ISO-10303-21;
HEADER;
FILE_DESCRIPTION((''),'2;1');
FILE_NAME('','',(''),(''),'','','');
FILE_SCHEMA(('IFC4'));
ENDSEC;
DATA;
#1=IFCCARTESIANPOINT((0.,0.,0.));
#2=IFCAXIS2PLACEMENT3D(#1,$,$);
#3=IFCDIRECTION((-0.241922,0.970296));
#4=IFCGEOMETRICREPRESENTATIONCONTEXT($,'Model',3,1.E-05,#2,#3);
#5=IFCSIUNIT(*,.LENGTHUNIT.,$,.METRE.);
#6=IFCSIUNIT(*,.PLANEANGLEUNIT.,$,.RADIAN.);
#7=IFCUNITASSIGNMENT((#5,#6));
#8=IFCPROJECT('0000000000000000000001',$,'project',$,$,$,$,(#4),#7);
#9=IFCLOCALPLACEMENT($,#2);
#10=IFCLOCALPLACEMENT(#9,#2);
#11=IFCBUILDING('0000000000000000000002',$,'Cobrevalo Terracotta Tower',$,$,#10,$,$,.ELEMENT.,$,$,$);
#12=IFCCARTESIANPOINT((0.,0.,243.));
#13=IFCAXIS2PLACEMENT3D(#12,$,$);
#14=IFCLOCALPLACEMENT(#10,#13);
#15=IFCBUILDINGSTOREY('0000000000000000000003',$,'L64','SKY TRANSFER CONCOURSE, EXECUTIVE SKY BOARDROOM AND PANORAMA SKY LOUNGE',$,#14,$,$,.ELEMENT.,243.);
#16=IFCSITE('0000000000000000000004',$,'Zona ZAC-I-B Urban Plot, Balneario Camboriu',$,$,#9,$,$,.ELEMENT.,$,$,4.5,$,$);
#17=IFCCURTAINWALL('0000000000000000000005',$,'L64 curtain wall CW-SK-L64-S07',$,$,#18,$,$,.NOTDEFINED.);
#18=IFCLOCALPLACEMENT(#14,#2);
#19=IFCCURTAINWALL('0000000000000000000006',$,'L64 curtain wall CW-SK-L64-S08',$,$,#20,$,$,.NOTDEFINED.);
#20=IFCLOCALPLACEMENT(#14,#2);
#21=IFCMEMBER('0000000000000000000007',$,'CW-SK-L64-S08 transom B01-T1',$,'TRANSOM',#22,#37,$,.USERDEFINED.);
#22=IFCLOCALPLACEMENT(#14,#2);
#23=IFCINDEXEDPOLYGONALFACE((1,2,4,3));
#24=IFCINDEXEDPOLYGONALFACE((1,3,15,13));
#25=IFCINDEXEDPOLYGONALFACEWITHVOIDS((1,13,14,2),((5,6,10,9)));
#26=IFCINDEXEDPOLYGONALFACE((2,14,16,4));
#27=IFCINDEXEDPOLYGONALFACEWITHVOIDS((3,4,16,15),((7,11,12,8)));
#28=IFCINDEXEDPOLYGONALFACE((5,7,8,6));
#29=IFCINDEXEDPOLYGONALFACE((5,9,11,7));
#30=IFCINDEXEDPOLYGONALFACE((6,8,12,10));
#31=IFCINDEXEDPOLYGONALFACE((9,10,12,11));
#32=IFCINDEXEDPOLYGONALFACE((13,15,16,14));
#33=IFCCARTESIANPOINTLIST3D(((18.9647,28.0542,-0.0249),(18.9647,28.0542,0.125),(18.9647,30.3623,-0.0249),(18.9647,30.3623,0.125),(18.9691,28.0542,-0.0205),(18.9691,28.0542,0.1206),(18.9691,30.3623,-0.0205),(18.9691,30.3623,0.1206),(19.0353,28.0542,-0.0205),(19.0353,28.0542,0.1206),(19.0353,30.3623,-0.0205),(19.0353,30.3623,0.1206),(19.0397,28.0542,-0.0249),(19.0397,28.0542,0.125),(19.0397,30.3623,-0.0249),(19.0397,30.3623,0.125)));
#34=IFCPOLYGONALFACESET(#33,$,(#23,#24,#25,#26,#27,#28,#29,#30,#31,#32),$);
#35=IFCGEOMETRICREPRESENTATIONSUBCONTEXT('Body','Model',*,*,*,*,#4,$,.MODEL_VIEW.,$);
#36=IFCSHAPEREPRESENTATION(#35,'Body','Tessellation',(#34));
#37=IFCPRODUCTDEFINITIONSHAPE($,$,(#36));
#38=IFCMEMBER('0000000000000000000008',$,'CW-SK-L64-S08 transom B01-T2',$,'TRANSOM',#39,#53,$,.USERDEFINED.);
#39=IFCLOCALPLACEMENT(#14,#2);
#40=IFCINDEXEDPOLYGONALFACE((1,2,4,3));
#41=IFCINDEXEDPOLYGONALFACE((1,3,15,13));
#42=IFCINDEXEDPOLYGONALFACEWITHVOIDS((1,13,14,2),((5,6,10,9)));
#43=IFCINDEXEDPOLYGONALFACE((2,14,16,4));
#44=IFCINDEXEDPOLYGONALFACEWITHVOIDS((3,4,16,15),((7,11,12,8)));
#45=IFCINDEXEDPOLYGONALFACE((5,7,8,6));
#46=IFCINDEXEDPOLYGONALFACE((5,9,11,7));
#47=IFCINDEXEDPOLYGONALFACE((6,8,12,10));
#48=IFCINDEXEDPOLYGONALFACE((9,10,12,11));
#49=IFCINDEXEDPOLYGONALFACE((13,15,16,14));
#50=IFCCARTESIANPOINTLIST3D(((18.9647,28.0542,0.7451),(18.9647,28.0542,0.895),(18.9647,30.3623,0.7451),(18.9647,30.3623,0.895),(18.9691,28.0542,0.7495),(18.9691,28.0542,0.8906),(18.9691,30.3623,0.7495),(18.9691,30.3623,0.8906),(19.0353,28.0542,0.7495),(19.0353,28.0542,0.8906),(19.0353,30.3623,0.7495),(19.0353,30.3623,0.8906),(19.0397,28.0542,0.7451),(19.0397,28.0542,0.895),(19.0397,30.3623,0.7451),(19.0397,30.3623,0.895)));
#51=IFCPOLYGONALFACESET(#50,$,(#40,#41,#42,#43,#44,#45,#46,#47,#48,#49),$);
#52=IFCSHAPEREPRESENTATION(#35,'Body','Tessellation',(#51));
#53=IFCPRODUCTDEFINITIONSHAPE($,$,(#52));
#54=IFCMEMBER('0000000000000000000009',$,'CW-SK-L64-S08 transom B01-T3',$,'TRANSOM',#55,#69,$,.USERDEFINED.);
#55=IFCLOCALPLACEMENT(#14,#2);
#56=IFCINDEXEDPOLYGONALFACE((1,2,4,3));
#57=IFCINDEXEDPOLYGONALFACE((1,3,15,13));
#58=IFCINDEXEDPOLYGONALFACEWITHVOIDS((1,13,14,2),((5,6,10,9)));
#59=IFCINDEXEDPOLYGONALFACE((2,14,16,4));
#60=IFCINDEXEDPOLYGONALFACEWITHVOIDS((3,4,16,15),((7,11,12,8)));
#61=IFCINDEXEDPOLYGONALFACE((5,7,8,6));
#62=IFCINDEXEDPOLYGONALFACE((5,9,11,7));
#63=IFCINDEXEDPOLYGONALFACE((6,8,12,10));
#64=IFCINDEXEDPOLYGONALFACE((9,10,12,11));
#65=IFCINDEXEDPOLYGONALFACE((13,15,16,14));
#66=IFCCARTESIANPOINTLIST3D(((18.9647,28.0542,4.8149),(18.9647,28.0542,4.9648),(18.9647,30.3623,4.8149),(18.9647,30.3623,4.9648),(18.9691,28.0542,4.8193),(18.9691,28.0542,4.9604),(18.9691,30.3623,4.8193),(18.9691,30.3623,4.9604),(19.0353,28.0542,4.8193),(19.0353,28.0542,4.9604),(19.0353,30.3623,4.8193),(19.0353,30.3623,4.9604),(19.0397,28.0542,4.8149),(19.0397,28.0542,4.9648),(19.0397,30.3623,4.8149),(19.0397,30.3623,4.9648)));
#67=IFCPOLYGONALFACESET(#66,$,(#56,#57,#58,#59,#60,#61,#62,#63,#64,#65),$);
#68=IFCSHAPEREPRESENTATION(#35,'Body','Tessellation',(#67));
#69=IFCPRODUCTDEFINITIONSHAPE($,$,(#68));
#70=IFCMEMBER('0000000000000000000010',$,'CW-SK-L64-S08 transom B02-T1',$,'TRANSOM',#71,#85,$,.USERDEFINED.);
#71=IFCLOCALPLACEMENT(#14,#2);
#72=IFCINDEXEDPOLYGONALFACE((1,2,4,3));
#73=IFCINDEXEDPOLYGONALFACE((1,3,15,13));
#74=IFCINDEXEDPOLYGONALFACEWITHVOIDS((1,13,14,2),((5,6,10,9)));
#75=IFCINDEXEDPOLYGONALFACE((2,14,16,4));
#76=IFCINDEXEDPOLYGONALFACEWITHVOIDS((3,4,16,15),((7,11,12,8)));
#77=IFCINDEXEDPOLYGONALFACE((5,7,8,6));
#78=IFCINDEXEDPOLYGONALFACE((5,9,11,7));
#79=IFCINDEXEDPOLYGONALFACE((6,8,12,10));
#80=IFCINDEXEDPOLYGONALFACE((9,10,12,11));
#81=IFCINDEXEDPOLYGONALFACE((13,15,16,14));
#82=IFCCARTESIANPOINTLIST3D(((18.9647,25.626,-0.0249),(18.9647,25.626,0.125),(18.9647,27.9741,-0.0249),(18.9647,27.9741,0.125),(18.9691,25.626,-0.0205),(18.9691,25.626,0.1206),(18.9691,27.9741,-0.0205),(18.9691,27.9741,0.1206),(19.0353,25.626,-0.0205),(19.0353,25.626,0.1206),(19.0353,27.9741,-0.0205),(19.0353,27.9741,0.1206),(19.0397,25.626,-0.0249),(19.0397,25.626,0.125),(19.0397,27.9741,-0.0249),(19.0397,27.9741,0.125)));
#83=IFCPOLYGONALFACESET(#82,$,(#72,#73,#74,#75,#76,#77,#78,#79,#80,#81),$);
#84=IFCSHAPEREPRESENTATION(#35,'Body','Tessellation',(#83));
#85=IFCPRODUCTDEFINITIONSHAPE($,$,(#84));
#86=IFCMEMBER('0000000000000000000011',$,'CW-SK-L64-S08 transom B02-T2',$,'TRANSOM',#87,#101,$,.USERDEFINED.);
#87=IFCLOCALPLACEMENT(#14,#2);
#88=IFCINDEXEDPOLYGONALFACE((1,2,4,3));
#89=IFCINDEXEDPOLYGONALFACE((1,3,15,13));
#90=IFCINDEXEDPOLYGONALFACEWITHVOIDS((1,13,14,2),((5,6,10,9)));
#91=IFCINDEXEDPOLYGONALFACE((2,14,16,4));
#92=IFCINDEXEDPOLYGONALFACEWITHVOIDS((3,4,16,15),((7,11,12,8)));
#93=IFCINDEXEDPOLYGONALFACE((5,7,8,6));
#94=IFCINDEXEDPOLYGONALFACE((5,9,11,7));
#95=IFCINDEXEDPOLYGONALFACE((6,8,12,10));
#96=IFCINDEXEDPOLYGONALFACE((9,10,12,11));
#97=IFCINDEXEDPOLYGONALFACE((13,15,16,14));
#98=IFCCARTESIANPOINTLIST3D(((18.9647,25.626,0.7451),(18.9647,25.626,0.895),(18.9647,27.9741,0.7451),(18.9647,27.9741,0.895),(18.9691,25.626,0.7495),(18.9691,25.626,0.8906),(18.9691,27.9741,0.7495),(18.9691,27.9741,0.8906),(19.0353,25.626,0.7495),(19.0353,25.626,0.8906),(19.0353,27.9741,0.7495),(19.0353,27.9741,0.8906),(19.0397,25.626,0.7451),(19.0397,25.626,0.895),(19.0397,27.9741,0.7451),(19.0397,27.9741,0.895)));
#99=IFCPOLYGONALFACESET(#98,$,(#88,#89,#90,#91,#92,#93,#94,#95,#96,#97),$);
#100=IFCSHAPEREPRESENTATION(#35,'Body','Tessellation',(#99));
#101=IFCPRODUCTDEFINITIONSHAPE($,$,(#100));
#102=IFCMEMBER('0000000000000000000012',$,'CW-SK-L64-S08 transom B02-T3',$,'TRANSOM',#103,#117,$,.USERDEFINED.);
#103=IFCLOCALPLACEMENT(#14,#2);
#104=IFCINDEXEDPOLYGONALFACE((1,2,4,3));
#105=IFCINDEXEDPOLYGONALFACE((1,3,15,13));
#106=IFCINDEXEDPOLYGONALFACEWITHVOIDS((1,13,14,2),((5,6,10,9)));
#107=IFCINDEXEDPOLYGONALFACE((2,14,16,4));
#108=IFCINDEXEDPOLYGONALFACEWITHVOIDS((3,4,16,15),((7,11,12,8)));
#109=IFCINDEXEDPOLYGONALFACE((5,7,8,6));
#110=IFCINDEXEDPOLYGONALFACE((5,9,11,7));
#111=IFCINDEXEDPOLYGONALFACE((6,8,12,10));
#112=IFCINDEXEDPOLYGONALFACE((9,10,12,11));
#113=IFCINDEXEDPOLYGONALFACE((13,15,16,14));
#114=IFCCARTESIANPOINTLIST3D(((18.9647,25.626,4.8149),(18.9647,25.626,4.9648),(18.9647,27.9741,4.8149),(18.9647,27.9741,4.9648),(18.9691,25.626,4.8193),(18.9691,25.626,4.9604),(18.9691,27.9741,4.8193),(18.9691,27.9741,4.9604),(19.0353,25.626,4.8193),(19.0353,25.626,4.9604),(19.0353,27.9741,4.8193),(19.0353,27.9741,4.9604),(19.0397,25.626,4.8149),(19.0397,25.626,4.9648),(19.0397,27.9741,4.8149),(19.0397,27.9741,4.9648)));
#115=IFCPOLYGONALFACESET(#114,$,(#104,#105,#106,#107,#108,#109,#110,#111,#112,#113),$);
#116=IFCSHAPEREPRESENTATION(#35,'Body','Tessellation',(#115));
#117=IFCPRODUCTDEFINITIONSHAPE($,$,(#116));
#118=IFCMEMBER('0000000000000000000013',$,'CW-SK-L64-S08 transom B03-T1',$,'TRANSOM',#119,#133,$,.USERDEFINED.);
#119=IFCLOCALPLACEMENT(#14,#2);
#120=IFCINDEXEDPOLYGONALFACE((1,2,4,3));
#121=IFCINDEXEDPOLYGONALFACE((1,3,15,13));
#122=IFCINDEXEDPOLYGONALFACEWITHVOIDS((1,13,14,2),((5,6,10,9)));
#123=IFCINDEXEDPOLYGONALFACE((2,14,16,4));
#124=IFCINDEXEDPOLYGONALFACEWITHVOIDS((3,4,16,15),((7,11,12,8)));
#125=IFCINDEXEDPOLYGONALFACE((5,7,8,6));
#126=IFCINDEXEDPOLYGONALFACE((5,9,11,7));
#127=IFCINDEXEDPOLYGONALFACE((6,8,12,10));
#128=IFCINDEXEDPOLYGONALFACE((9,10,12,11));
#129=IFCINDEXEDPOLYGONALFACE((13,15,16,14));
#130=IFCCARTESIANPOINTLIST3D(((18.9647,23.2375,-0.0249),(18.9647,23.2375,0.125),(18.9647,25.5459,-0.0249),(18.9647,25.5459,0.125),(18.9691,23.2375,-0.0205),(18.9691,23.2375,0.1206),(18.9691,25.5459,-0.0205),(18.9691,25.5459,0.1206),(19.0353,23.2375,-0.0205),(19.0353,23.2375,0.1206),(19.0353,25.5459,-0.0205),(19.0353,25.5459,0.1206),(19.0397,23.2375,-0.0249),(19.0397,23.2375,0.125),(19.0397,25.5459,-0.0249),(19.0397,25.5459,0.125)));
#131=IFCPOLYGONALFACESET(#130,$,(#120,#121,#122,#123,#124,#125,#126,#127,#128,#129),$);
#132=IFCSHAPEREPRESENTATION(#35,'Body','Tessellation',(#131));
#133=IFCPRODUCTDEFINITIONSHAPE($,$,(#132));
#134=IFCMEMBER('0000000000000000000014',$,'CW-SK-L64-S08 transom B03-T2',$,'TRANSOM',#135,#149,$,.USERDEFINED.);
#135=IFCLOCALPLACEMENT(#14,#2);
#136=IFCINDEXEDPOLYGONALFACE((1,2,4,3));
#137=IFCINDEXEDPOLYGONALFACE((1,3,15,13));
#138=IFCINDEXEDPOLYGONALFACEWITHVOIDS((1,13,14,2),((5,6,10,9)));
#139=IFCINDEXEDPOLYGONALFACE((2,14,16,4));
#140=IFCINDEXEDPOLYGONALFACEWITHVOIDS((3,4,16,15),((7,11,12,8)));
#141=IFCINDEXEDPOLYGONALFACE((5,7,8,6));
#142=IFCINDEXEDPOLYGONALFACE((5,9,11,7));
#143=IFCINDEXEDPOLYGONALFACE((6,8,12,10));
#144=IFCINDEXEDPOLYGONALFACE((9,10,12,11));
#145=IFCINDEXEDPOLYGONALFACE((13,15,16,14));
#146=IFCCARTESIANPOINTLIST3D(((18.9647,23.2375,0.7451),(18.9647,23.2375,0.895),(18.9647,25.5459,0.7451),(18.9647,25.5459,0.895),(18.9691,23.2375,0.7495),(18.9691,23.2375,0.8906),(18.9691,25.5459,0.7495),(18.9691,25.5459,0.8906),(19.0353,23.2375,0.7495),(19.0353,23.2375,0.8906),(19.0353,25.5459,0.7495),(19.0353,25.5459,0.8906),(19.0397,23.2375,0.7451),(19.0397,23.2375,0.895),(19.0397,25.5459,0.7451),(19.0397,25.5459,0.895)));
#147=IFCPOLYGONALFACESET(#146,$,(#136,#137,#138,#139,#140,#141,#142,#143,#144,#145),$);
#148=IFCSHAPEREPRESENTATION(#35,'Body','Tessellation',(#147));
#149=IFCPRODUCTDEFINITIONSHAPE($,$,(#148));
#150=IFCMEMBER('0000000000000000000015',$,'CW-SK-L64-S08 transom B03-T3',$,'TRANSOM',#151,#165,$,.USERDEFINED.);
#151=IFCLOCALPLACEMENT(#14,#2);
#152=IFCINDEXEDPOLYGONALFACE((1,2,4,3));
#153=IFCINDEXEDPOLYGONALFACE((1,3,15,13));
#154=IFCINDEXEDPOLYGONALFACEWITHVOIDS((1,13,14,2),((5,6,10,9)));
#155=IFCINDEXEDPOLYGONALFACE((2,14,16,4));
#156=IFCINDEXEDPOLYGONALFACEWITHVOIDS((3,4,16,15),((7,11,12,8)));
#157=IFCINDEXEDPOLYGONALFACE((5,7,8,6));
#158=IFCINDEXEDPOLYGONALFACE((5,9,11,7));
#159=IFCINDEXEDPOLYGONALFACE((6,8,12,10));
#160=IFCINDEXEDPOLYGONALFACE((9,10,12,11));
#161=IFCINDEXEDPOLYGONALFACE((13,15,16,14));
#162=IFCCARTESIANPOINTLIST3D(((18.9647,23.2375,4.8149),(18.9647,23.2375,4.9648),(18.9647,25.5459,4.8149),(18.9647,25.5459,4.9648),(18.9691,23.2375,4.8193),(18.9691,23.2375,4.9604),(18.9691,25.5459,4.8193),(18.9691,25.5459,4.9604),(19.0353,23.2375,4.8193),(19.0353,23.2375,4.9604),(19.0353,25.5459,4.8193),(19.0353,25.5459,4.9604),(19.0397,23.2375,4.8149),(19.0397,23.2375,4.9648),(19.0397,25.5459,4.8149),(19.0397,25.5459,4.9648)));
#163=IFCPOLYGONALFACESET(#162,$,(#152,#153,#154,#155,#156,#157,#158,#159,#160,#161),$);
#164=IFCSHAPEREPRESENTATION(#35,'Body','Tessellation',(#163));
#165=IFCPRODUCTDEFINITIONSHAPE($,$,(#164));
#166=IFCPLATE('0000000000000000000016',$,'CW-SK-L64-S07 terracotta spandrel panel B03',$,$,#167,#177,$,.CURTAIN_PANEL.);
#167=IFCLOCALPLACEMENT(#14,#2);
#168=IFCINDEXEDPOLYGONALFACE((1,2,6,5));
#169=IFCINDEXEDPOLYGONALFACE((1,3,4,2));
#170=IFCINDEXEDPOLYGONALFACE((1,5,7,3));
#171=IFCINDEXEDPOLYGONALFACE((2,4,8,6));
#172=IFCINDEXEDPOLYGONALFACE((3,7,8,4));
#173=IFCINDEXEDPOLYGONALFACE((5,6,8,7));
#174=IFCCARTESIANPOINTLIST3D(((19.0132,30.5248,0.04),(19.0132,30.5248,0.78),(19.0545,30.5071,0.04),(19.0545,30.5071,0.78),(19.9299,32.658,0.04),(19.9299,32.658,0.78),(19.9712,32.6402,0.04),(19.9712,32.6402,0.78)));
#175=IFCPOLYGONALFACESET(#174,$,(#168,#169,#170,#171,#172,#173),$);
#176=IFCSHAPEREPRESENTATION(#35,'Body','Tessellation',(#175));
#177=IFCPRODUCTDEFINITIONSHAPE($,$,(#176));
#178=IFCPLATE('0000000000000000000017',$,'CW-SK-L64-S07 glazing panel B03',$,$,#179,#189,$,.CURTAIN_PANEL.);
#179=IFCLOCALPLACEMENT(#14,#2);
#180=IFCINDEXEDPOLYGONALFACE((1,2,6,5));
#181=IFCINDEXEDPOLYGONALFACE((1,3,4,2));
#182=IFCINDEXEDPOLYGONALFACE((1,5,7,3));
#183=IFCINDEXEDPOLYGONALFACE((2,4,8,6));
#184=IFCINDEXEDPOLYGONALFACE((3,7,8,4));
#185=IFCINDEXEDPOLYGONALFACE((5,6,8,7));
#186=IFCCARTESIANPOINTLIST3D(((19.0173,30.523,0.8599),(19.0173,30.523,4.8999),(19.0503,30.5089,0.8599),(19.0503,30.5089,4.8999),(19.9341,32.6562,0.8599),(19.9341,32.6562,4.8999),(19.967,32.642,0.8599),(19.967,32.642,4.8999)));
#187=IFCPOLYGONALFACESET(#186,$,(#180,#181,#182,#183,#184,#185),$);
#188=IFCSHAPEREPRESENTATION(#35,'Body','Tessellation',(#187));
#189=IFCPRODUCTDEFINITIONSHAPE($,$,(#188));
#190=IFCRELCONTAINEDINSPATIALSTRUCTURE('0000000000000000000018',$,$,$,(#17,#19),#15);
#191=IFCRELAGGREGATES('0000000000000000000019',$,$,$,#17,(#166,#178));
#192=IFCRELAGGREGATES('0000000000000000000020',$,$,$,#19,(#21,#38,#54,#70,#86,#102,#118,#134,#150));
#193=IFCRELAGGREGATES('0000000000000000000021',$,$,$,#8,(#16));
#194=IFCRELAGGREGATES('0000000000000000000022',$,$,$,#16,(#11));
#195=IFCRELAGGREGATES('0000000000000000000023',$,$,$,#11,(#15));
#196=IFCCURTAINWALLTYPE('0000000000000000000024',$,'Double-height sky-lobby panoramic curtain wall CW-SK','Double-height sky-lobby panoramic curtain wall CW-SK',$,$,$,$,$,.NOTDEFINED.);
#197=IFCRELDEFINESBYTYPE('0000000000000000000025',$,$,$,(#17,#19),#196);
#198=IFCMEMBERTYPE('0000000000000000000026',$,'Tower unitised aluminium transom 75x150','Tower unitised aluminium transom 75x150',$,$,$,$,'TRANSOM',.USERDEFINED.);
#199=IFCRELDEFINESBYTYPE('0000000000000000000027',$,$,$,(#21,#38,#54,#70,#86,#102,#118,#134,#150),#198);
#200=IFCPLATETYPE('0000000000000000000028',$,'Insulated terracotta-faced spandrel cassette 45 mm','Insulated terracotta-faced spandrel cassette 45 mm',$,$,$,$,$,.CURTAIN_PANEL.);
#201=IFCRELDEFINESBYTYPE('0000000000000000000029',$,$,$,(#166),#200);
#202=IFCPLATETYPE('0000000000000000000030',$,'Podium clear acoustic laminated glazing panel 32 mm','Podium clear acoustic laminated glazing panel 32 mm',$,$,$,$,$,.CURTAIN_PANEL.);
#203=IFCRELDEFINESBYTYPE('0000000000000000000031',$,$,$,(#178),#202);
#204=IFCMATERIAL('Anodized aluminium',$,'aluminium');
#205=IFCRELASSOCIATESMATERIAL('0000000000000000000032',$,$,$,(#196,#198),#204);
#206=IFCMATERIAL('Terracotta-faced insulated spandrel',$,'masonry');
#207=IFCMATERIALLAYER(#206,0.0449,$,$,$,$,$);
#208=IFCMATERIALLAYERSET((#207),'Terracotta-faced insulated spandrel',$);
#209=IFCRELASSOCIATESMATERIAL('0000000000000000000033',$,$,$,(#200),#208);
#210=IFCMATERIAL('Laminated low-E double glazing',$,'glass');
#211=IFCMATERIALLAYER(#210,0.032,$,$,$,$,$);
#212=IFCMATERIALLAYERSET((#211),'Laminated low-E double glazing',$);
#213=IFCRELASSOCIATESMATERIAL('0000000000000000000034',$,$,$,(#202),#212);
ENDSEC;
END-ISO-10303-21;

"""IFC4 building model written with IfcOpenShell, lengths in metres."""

from ifc_helpers import new_model, si_unit, direction, frame, origin, origin_2d, place, context, subcontext, project, spatial, rectangle, hollow_rectangle, extrude, source, transform, mapped, material, layer, layer_set, material_profile, profile_set, type_object, element, aggregate, save


model = new_model("IFC4")

# Units and contexts
model_context = context("Model", 3, precision=1e-05, world=origin(), true_north=direction((-0.241922, 0.970296)))
body_context = subcontext(model_context, "Body", "Model", "MODEL_VIEW")
ifc_project = project(units=[si_unit("LENGTHUNIT", "METRE"), si_unit("PLANEANGLEUNIT", "RADIAN")], contexts=[model_context])

# Site, building, storey
site_placement = place(None, origin())
site = spatial("IfcSite", under=ifc_project, at=site_placement, Name="Zona ZAC-I-B Urban Plot, Balneario Camboriu", CompositionType="ELEMENT", RefElevation=4.5)
building_placement = place(site_placement, origin())
building = spatial("IfcBuilding", under=site, at=building_placement, Name="Cobrevalo Terracotta Tower", CompositionType="ELEMENT")
storey_placement = place(building_placement, frame((0.0, 0.0, 243.0)))
storey = spatial("IfcBuildingStorey", under=building, at=storey_placement, Name="L64", Description="SKY TRANSFER CONCOURSE, EXECUTIVE SKY BOARDROOM AND PANORAMA SKY LOUNGE", CompositionType="ELEMENT", Elevation=243.0)

# Curtain walls
ifc_material_1 = material(Name="Anodized aluminium", Category="aluminium")
curtain_wall_type = type_object("IfcCurtainWallType", Name="Double-height sky-lobby panoramic curtain wall CW-SK", Description="Double-height sky-lobby panoramic curtain wall CW-SK", PredefinedType="NOTDEFINED", material=ifc_material_1)
curtain_wall_1_placement = place(storey_placement, origin())
curtain_wall_1 = element("IfcCurtainWall", 1, at=curtain_wall_1_placement, inside=storey, type_object=curtain_wall_type, Name="L64 curtain wall CW-SK-L64-S07", PredefinedType="NOTDEFINED")
curtain_wall_2_placement = place(storey_placement, origin())
curtain_wall_2 = element("IfcCurtainWall", 2, at=curtain_wall_2_placement, inside=storey, type_object=curtain_wall_type, Name="L64 curtain wall CW-SK-L64-S08", PredefinedType="NOTDEFINED")

# Members
ifc_material_profile_1 = material_profile(ifc_material_1, hollow_rectangle(XDim=0.075, YDim=0.1499, WallThickness=0.0044, at=origin_2d()), Name="CWT 75x150")
ifc_profile_set_1 = profile_set([ifc_material_profile_1], Name="Anodized aluminium")
member_type_1 = type_object("IfcMemberType", Name="Tower unitised aluminium transom 75x150", Description="Tower unitised aluminium transom 75x150", ElementType="TRANSOM", PredefinedType="USERDEFINED", material=ifc_profile_set_1)
shared_shape_1 = source(origin(), body_context, "Body", "SweptSolid", [
    extrude(hollow_rectangle(XDim=0.075, YDim=0.1499, WallThickness=0.0044, at=origin_2d()), origin(), (0.0, 0.0, 1.0), 2.3081),
])
member_1_placement = place(storey_placement, frame((19.0022, 30.3623, 0.05), z_axis=(0.0, -1.0, 0.0), x_axis=(1.0, 0.0, 0.0)))
member_1 = element("IfcMember", 3, at=member_1_placement, type_object=member_type_1, Name="CW-SK-L64-S08 transom B01-T1", ObjectType="TRANSOM", PredefinedType="USERDEFINED", context=body_context, shape_type="MappedRepresentation", body=[
    mapped(shared_shape_1, transform((0.0, 0.0, 0.0), scale=1.0)),
])
member_2_placement = place(storey_placement, frame((19.0022, 30.3623, 0.8201), z_axis=(0.0, -1.0, 0.0), x_axis=(1.0, 0.0, 0.0)))
member_2 = element("IfcMember", 4, at=member_2_placement, type_object=member_type_1, Name="CW-SK-L64-S08 transom B01-T2", ObjectType="TRANSOM", PredefinedType="USERDEFINED", context=body_context, shape_type="MappedRepresentation", body=[
    mapped(shared_shape_1, transform((0.0, 0.0, 0.0), scale=1.0)),
])
member_3_placement = place(storey_placement, frame((19.0022, 30.3623, 4.8899), z_axis=(0.0, -1.0, 0.0), x_axis=(1.0, 0.0, 0.0)))
member_3 = element("IfcMember", 5, at=member_3_placement, type_object=member_type_1, Name="CW-SK-L64-S08 transom B01-T3", ObjectType="TRANSOM", PredefinedType="USERDEFINED", context=body_context, shape_type="MappedRepresentation", body=[
    mapped(shared_shape_1, transform((0.0, 0.0, 0.0), scale=1.0)),
])
shared_shape_2 = source(origin(), body_context, "Body", "SweptSolid", [
    extrude(hollow_rectangle(XDim=0.075, YDim=0.1499, WallThickness=0.0044, at=origin_2d()), origin(), (0.0, 0.0, 1.0), 2.3481),
])
member_4_placement = place(storey_placement, frame((19.0022, 27.9741, 0.05), z_axis=(0.0, -1.0, 0.0), x_axis=(1.0, 0.0, 0.0)))
member_4 = element("IfcMember", 6, at=member_4_placement, type_object=member_type_1, Name="CW-SK-L64-S08 transom B02-T1", ObjectType="TRANSOM", PredefinedType="USERDEFINED", context=body_context, shape_type="MappedRepresentation", body=[
    mapped(shared_shape_2, transform((0.0, 0.0, 0.0), scale=1.0)),
])
member_5_placement = place(storey_placement, frame((19.0022, 27.9741, 0.8201), z_axis=(0.0, -1.0, 0.0), x_axis=(1.0, 0.0, 0.0)))
member_5 = element("IfcMember", 7, at=member_5_placement, type_object=member_type_1, Name="CW-SK-L64-S08 transom B02-T2", ObjectType="TRANSOM", PredefinedType="USERDEFINED", context=body_context, shape_type="MappedRepresentation", body=[
    mapped(shared_shape_2, transform((0.0, 0.0, 0.0), scale=1.0)),
])
member_6_placement = place(storey_placement, frame((19.0022, 27.9741, 4.8899), z_axis=(0.0, -1.0, 0.0), x_axis=(1.0, 0.0, 0.0)))
member_6 = element("IfcMember", 8, at=member_6_placement, type_object=member_type_1, Name="CW-SK-L64-S08 transom B02-T3", ObjectType="TRANSOM", PredefinedType="USERDEFINED", context=body_context, shape_type="MappedRepresentation", body=[
    mapped(shared_shape_2, transform((0.0, 0.0, 0.0), scale=1.0)),
])
shared_shape_3 = source(origin(), body_context, "Body", "SweptSolid", [
    extrude(hollow_rectangle(XDim=0.075, YDim=0.1499, WallThickness=0.0044, at=origin_2d()), origin(), (0.0, 0.0, 1.0), 2.3083),
])
member_7_placement = place(storey_placement, frame((19.0022, 25.5459, 0.05), z_axis=(0.0, -1.0, 0.0), x_axis=(1.0, 0.0, 0.0)))
member_7 = element("IfcMember", 9, at=member_7_placement, type_object=member_type_1, Name="CW-SK-L64-S08 transom B03-T1", ObjectType="TRANSOM", PredefinedType="USERDEFINED", context=body_context, shape_type="MappedRepresentation", body=[
    mapped(shared_shape_3, transform((0.0, 0.0, 0.0), scale=1.0)),
])
member_8_placement = place(storey_placement, frame((19.0022, 25.5459, 0.8201), z_axis=(0.0, -1.0, 0.0), x_axis=(1.0, 0.0, 0.0)))
member_8 = element("IfcMember", 10, at=member_8_placement, type_object=member_type_1, Name="CW-SK-L64-S08 transom B03-T2", ObjectType="TRANSOM", PredefinedType="USERDEFINED", context=body_context, shape_type="MappedRepresentation", body=[
    mapped(shared_shape_3, transform((0.0, 0.0, 0.0), scale=1.0)),
])
member_9_placement = place(storey_placement, frame((19.0022, 25.5459, 4.8899), z_axis=(0.0, -1.0, 0.0), x_axis=(1.0, 0.0, 0.0)))
member_9 = element("IfcMember", 11, at=member_9_placement, type_object=member_type_1, Name="CW-SK-L64-S08 transom B03-T3", ObjectType="TRANSOM", PredefinedType="USERDEFINED", context=body_context, shape_type="MappedRepresentation", body=[
    mapped(shared_shape_3, transform((0.0, 0.0, 0.0), scale=1.0)),
])

# Plates
ifc_material_2 = material(Name="Terracotta-faced insulated spandrel", Category="masonry")
ifc_layer_1 = layer(ifc_material_2, 0.0449)
ifc_layer_set_1 = layer_set([ifc_layer_1], Name="Terracotta-faced insulated spandrel")
plate_type_1 = type_object("IfcPlateType", Name="Insulated terracotta-faced spandrel cassette 45 mm", Description="Insulated terracotta-faced spandrel cassette 45 mm", PredefinedType="CURTAIN_PANEL", material=ifc_layer_set_1)
shared_shape_4 = source(origin(), body_context, "Body", "SweptSolid", [
    extrude(rectangle(XDim=2.3218, YDim=0.0449, at=origin_2d()), origin(), (0.0, 0.0, 1.0), 0.74),
])
plate_1_placement = place(storey_placement, frame((19.4922, 31.5825, 0.04), z_axis=(0.0, 0.0, 1.0), x_axis=(-0.394829, -0.918755, 0.0)))
plate_1 = element("IfcPlate", 12, at=plate_1_placement, type_object=plate_type_1, Name="CW-SK-L64-S07 terracotta spandrel panel B03", PredefinedType="CURTAIN_PANEL", context=body_context, shape_type="MappedRepresentation", body=[
    mapped(shared_shape_4, transform((0.0, 0.0, 0.0), scale=1.0)),
])
ifc_material_3 = material(Name="Laminated low-E double glazing", Category="glass")
ifc_layer_2 = layer(ifc_material_3, 0.032)
ifc_layer_set_2 = layer_set([ifc_layer_2], Name="Laminated low-E double glazing")
plate_type_2 = type_object("IfcPlateType", Name="Podium clear acoustic laminated glazing panel 32 mm", Description="Podium clear acoustic laminated glazing panel 32 mm", PredefinedType="CURTAIN_PANEL", material=ifc_layer_set_2)
shared_shape_5 = source(origin(), body_context, "Body", "SweptSolid", [
    extrude(rectangle(XDim=2.3218, YDim=0.0359, at=origin_2d()), origin(), (0.0, 0.0, 1.0), 4.04),
])
plate_2_placement = place(storey_placement, frame((19.4922, 31.5825, 0.8599), z_axis=(0.0, 0.0, 1.0), x_axis=(-0.394829, -0.918755, 0.0)))
plate_2 = element("IfcPlate", 13, at=plate_2_placement, type_object=plate_type_2, Name="CW-SK-L64-S07 glazing panel B03", PredefinedType="CURTAIN_PANEL", context=body_context, shape_type="MappedRepresentation", body=[
    mapped(shared_shape_5, transform((0.0, 0.0, 0.0), scale=1.0)),
])
aggregate(curtain_wall_1, [plate_1, plate_2])
aggregate(curtain_wall_2, [member_1, member_2, member_3, member_4, member_5, member_6, member_7, member_8, member_9])

save(model, "model.ifc")
